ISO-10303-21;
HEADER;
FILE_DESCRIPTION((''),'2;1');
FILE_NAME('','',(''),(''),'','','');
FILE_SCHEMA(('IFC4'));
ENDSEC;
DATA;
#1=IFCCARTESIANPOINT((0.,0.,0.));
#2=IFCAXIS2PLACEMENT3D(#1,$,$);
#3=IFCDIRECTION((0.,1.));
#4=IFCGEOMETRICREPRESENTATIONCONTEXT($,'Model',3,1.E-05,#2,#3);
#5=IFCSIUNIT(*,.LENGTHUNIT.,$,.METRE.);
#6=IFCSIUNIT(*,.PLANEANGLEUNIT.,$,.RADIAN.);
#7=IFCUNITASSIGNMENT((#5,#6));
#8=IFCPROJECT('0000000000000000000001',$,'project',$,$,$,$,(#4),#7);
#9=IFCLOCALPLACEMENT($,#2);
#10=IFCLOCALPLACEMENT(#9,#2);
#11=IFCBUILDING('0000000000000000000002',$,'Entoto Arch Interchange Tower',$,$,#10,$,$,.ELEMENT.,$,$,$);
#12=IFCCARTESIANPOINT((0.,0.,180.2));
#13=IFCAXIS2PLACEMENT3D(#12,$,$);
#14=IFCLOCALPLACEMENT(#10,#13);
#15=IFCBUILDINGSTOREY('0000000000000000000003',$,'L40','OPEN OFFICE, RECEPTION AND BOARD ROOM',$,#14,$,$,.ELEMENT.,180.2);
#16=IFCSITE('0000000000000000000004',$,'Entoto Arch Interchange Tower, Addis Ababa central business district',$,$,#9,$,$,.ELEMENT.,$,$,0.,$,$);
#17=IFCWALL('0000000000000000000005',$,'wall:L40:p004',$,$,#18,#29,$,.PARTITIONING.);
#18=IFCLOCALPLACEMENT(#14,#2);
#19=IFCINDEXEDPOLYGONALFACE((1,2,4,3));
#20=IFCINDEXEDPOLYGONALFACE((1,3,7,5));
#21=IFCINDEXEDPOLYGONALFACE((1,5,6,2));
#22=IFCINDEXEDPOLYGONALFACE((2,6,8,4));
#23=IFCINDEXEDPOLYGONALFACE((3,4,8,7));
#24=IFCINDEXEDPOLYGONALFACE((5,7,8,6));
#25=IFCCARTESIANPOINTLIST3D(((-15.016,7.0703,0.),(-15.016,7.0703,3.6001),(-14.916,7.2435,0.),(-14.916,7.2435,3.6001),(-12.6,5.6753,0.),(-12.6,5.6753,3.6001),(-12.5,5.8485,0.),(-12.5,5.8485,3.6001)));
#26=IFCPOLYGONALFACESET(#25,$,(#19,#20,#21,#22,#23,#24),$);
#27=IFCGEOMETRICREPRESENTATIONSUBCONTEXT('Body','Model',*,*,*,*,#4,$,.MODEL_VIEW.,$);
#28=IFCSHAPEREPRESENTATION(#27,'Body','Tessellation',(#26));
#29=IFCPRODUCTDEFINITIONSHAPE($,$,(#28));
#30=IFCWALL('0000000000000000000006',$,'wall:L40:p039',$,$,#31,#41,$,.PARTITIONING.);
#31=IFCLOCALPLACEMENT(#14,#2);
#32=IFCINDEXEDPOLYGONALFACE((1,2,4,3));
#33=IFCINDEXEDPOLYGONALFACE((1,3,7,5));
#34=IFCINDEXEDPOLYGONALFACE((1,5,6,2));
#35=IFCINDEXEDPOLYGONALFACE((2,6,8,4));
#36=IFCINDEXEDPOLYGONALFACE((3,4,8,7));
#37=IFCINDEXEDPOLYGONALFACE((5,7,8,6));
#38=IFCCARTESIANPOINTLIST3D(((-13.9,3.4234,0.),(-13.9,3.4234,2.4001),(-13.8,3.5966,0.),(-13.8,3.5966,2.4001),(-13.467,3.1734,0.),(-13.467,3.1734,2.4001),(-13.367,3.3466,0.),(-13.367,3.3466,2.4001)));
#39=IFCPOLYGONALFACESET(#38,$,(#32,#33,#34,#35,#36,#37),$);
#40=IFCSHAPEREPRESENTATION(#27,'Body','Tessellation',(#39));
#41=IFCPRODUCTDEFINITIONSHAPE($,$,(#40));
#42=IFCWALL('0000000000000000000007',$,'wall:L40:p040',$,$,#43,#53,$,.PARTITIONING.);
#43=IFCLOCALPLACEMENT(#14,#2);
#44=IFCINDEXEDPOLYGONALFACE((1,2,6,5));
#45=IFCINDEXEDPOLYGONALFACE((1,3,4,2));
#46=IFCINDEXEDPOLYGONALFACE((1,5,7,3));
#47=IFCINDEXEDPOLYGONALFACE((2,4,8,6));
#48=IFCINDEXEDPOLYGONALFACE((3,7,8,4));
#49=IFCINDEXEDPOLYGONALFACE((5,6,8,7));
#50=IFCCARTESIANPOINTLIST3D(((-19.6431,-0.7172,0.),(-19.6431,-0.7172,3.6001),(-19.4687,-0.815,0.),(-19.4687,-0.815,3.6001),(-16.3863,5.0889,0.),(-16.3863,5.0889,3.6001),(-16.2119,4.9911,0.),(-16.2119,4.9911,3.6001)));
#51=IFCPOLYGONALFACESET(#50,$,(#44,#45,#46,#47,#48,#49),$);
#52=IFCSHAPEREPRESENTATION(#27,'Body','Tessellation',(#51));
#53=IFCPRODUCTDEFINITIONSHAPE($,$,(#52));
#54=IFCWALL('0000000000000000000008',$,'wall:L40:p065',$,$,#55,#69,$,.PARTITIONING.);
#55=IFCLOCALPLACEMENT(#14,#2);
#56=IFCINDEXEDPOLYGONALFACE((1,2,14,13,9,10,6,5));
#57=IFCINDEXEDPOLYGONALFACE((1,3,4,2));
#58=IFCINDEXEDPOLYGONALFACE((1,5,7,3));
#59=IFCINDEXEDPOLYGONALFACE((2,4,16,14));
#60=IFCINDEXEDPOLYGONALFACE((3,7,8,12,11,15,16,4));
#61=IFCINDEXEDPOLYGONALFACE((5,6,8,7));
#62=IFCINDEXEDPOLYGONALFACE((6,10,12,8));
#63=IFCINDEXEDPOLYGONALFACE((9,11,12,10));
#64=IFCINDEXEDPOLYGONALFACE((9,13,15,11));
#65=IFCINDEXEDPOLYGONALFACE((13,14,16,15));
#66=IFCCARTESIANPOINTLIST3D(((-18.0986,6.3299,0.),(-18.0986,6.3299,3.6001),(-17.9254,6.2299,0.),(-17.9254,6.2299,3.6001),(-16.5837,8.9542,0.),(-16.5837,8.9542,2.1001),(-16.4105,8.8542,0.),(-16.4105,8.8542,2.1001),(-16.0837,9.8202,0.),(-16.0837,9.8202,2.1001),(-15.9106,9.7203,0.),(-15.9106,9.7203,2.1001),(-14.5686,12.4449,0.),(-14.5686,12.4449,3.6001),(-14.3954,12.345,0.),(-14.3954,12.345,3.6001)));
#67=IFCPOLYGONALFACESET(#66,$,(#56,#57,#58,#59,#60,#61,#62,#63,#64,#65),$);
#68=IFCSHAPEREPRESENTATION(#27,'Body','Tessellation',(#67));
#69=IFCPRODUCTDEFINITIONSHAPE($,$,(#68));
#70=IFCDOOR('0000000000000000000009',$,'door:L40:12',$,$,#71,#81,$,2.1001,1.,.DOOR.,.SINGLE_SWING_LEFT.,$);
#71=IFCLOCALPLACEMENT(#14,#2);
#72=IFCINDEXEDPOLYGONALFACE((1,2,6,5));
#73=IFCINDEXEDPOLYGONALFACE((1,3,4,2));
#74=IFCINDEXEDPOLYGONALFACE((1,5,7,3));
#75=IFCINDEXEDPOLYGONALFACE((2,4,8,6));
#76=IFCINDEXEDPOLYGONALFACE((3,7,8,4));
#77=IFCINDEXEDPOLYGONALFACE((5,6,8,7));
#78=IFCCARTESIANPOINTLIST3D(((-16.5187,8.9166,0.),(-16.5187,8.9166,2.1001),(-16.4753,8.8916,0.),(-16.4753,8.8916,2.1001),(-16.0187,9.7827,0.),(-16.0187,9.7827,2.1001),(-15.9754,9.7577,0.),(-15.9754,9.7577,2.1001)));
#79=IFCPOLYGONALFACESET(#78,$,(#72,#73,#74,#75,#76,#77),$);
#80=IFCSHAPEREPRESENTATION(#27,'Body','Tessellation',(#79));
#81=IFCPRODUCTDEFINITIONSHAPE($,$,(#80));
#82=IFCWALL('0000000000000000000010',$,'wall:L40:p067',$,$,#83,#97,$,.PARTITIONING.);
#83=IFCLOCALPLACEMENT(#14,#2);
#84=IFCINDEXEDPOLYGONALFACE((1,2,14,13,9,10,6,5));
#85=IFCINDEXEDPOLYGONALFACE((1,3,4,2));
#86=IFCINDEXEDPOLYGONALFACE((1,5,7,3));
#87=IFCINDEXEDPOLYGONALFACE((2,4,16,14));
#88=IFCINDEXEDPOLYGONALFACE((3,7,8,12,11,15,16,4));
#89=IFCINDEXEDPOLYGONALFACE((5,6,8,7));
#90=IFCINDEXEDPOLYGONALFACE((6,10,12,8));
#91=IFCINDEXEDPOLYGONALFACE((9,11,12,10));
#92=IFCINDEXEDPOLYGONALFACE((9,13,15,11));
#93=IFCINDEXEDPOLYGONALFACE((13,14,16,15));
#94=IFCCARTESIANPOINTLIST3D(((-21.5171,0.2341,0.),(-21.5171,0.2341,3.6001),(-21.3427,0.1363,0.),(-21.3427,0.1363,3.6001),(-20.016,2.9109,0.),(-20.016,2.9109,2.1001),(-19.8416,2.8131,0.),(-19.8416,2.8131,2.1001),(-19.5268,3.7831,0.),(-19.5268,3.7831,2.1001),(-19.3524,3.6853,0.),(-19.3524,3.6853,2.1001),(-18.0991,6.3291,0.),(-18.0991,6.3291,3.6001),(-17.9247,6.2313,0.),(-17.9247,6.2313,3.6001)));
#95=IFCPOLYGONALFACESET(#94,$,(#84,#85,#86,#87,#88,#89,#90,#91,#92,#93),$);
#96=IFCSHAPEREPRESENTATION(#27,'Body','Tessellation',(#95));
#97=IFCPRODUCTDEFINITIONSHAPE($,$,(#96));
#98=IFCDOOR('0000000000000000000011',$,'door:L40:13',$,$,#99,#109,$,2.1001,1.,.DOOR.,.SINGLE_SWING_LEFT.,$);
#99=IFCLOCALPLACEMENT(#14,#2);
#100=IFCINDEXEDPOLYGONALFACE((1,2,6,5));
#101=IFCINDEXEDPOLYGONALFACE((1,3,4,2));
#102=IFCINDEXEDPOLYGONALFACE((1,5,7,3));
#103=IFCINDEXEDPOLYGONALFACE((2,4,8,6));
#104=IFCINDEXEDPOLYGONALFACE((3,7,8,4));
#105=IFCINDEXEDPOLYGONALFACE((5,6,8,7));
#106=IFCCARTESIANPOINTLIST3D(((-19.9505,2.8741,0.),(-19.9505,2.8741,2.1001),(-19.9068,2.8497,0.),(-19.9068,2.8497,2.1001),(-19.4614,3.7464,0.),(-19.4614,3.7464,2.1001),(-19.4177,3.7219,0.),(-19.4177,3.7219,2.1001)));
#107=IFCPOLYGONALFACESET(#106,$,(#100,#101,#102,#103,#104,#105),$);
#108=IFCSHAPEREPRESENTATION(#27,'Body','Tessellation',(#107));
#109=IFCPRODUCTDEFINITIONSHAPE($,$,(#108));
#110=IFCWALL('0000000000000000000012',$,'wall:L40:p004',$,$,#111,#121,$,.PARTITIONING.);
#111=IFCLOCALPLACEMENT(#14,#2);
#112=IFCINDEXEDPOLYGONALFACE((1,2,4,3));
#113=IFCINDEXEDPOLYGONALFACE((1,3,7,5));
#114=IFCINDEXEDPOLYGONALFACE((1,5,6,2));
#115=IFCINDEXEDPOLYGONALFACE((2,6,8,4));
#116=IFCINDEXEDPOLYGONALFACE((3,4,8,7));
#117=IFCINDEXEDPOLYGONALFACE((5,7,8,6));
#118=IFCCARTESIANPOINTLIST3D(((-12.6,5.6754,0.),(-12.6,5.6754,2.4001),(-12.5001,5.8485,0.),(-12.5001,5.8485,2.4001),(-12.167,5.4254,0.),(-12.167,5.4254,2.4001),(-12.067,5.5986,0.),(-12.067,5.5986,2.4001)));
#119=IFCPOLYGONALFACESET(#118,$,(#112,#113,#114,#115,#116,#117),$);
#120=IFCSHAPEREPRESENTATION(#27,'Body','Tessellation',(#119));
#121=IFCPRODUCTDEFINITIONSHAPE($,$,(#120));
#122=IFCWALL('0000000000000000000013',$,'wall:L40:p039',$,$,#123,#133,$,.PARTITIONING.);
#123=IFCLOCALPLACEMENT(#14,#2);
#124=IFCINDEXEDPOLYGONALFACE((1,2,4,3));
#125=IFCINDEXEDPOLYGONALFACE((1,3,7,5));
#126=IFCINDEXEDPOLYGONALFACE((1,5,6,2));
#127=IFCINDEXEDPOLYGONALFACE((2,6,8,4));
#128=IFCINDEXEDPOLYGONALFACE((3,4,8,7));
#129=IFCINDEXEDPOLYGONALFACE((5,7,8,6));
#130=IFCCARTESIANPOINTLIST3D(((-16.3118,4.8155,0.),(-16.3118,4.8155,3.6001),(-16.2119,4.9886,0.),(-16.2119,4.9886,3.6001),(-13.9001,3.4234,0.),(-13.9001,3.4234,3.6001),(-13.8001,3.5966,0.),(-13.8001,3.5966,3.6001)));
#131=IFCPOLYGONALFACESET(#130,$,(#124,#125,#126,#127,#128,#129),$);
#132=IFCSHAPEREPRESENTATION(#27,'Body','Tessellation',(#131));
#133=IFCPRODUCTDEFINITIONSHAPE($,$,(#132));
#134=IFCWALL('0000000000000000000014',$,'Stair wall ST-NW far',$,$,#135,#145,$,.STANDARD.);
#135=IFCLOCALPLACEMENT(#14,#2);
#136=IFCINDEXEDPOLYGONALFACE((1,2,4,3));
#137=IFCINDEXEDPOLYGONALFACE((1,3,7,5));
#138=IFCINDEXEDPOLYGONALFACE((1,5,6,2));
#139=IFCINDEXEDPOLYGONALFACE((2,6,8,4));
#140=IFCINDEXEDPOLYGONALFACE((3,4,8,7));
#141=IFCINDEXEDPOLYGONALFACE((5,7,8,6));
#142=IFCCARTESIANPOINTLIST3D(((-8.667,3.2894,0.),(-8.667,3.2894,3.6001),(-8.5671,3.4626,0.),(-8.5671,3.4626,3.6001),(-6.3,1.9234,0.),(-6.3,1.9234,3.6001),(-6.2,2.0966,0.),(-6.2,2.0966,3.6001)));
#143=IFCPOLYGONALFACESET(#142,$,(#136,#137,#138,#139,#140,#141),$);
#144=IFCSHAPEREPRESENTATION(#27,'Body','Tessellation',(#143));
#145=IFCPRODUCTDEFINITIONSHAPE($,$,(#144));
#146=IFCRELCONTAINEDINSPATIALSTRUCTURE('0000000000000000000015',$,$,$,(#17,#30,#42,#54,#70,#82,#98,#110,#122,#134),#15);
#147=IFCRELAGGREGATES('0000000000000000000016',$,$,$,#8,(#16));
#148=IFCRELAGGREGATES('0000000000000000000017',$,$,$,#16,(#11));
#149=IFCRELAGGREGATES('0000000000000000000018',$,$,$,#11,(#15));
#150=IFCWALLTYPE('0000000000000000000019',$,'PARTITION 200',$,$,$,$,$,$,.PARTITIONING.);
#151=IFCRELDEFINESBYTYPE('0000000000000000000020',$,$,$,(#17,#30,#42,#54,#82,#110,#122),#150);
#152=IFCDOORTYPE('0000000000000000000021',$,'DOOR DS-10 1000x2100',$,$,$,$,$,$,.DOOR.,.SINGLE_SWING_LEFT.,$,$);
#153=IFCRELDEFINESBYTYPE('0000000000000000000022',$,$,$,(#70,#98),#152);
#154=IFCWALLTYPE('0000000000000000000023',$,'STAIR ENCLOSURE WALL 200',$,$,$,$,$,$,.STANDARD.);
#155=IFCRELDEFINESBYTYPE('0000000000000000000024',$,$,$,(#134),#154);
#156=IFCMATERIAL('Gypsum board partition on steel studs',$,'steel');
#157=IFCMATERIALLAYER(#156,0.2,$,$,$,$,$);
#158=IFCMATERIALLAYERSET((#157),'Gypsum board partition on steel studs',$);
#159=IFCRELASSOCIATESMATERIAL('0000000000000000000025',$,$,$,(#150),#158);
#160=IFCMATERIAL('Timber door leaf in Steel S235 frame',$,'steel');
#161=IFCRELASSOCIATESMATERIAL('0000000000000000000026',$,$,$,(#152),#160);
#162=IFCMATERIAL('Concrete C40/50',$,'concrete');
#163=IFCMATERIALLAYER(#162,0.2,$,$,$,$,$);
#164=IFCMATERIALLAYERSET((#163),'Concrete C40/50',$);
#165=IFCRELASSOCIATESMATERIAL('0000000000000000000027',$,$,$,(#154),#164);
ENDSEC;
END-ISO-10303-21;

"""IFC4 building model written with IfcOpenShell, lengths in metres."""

from ifc_helpers import new_model, si_unit, direction, frame, frame_2d, origin, place, context, subcontext, project, spatial, rectangle, extrude, material, layer, layer_set, type_object, element, fill, save


model = new_model("IFC4")

# Units and contexts
model_context = context("Model", 3, precision=1e-05, world=origin(), true_north=direction((0.0, 1.0)))
body_context = subcontext(model_context, "Body", "Model", "MODEL_VIEW")
ifc_project = project(units=[si_unit("LENGTHUNIT", "METRE"), si_unit("PLANEANGLEUNIT", "RADIAN")], contexts=[model_context])

# Site, building, storey
site_placement = place(None, origin())
site = spatial("IfcSite", under=ifc_project, at=site_placement, Name="Entoto Arch Interchange Tower, Addis Ababa central business district", CompositionType="ELEMENT", RefElevation=0.0)
building_placement = place(site_placement, origin())
building = spatial("IfcBuilding", under=site, at=building_placement, Name="Entoto Arch Interchange Tower", CompositionType="ELEMENT")
storey_placement = place(building_placement, frame((0.0, 0.0, 180.2)))
storey = spatial("IfcBuildingStorey", under=building, at=storey_placement, Name="L40", Description="OPEN OFFICE, RECEPTION AND BOARD ROOM", CompositionType="ELEMENT", Elevation=180.2)

# Walls
ifc_material_1 = material(Name="Concrete C40/50", Category="concrete")
ifc_material_2 = material(Name="Gypsum board partition on steel studs", Category="steel")
ifc_layer_1 = layer(ifc_material_2, 0.2)
ifc_layer_set_1 = layer_set([ifc_layer_1], Name="Gypsum board partition on steel studs")
wall_type_1 = type_object("IfcWallType", Name="PARTITION 200", PredefinedType="PARTITIONING", material=ifc_layer_set_1)
wall_1_placement = place(storey_placement, frame((-14.9661, 7.157, 0.0), z_axis=(0.0, 0.0, 1.0), x_axis=(0.866005, -0.500036, 0.0)))
element("IfcWall", 1, at=wall_1_placement, inside=storey, type_object=wall_type_1, Name="wall:L40:p004", PredefinedType="PARTITIONING", context=body_context, shape_type="SweptSolid", body=[
    extrude(rectangle(XDim=2.7898, YDim=0.2, at=frame_2d((1.395, 0.0))), origin(), (0.0, 0.0, 1.0), 3.6001),
])
wall_2_placement = place(storey_placement, frame((-13.417, 3.26, 0.0), z_axis=(0.0, 0.0, 1.0), x_axis=(-0.866072, 0.49992, 0.0)))
element("IfcWall", 2, at=wall_2_placement, inside=storey, type_object=wall_type_1, Name="wall:L40:p039", PredefinedType="PARTITIONING", context=body_context, shape_type="SweptSolid", body=[
    extrude(rectangle(XDim=0.5, YDim=0.2, at=frame_2d((0.25, 0.0))), origin(), (0.0, 0.0, 1.0), 2.4001),
])
wall_3_placement = place(storey_placement, frame((-16.2991, 5.04, 0.0), z_axis=(0.0, 0.0, 1.0), x_axis=(-0.48922, -0.872161, 0.0)))
element("IfcWall", 3, at=wall_3_placement, inside=storey, type_object=wall_type_1, Name="wall:L40:p040", PredefinedType="PARTITIONING", context=body_context, shape_type="SweptSolid", body=[
    extrude(rectangle(XDim=6.6572, YDim=0.2, at=frame_2d((3.3286, 0.0))), origin(), (0.0, 0.0, 1.0), 3.6001),
])

# Walls, openings, doors
wall_4_placement = place(storey_placement, frame((-18.012, 6.28, 0.0), z_axis=(0.0, 0.0, 1.0), x_axis=(0.499951, 0.866054, 0.0)))
wall_4 = element("IfcWall", 4, at=wall_4_placement, inside=storey, type_object=wall_type_1, Name="wall:L40:p065", PredefinedType="PARTITIONING", context=body_context, shape_type="SweptSolid", body=[
    extrude(rectangle(XDim=7.0608, YDim=0.2, at=frame_2d((3.5303, 0.0))), origin(), (0.0, 0.0, 1.0), 3.6001),
])
opening_1_placement = place(wall_4_placement, frame((3.03, 0.0, 0.0)))
opening_1 = element("IfcOpeningElement", 5, at=opening_1_placement, cuts=wall_4, PredefinedType="OPENING", context=body_context, shape_type="SweptSolid", body=[
    extrude(rectangle(XDim=1.0, YDim=2.1001, at=frame_2d((0.5, 1.05))), frame((0.0, 0.1099, 0.0), z_axis=(0.0, -1.0, 0.0), x_axis=(1.0, 0.0, 0.0)), (0.0, 0.0, 1.0), 0.22),
])
ifc_material_3 = material(Name="Timber door leaf in Steel S235 frame", Category="steel")
door_type_1 = type_object("IfcDoorType", Name="DOOR DS-10 1000x2100", OperationType="SINGLE_SWING_LEFT", PredefinedType="DOOR", material=ifc_material_3)
door_1_placement = place(opening_1_placement, origin())
door_1 = element("IfcDoor", 6, at=door_1_placement, inside=storey, type_object=door_type_1, Name="door:L40:12", OperationType="SINGLE_SWING_LEFT", OverallHeight=2.1001, OverallWidth=1.0, PredefinedType="DOOR", context=body_context, shape_type="SweptSolid", body=[
    extrude(rectangle(XDim=1.0, YDim=2.1001, at=frame_2d((0.5, 1.05))), frame((0.0, 0.0249, 0.0), z_axis=(0.0, -1.0, 0.0), x_axis=(1.0, 0.0, 0.0)), (0.0, 0.0, 1.0), 0.05),
])
fill(opening_1, door_1)
wall_5_placement = place(storey_placement, frame((-21.4299, 0.1851, 0.0), z_axis=(0.0, 0.0, 1.0), x_axis=(0.489125, 0.872214, 0.0)))
wall_5 = element("IfcWall", 7, at=wall_5_placement, inside=storey, type_object=wall_type_1, Name="wall:L40:p067", PredefinedType="PARTITIONING", context=body_context, shape_type="SweptSolid", body=[
    extrude(rectangle(XDim=6.988, YDim=0.2, at=frame_2d((3.4941, 0.0))), origin(), (0.0, 0.0, 1.0), 3.6001),
])
opening_2_placement = place(wall_5_placement, frame((3.0691, 0.0, 0.0)))
opening_2 = element("IfcOpeningElement", 8, at=opening_2_placement, cuts=wall_5, PredefinedType="OPENING", context=body_context, shape_type="SweptSolid", body=[
    extrude(rectangle(XDim=1.0, YDim=2.1001, at=frame_2d((0.5, 1.05))), frame((0.0, 0.1099, 0.0), z_axis=(0.0, -1.0, 0.0), x_axis=(1.0, 0.0, 0.0)), (0.0, 0.0, 1.0), 0.22),
])
door_2_placement = place(opening_2_placement, origin())
door_2 = element("IfcDoor", 9, at=door_2_placement, inside=storey, type_object=door_type_1, Name="door:L40:13", OperationType="SINGLE_SWING_LEFT", OverallHeight=2.1001, OverallWidth=1.0, PredefinedType="DOOR", context=body_context, shape_type="SweptSolid", body=[
    extrude(rectangle(XDim=1.0, YDim=2.1001, at=frame_2d((0.5, 1.05))), frame((0.0, 0.0249, 0.0), z_axis=(0.0, -1.0, 0.0), x_axis=(1.0, 0.0, 0.0)), (0.0, 0.0, 1.0), 0.05),
])
fill(opening_2, door_2)

# Walls
wall_6_placement = place(storey_placement, frame((-12.55, 5.762, 0.0), z_axis=(0.0, 0.0, 1.0), x_axis=(0.866072, -0.49992, 0.0)))
element("IfcWall", 10, at=wall_6_placement, inside=storey, type_object=wall_type_1, Name="wall:L40:p004", PredefinedType="PARTITIONING", context=body_context, shape_type="SweptSolid", body=[
    extrude(rectangle(XDim=0.5, YDim=0.2, at=frame_2d((0.25, 0.0))), origin(), (0.0, 0.0, 1.0), 2.4001),
])
wall_7_placement = place(storey_placement, frame((-13.8501, 3.51, 0.0), z_axis=(0.0, 0.0, 1.0), x_axis=(-0.866088, 0.499892, 0.0)))
element("IfcWall", 11, at=wall_7_placement, inside=storey, type_object=wall_type_1, Name="wall:L40:p039", PredefinedType="PARTITIONING", context=body_context, shape_type="SweptSolid", body=[
    extrude(rectangle(XDim=2.7847, YDim=0.2, at=frame_2d((1.3923, 0.0))), origin(), (0.0, 0.0, 1.0), 3.6001),
])
ifc_layer_2 = layer(ifc_material_1, 0.2)
ifc_layer_set_2 = layer_set([ifc_layer_2], Name="Concrete C40/50")
wall_type_2 = type_object("IfcWallType", Name="STAIR ENCLOSURE WALL 200", PredefinedType="STANDARD", material=ifc_layer_set_2)
wall_8_placement = place(storey_placement, frame((-6.25, 2.01, 0.0), z_axis=(0.0, 0.0, 1.0), x_axis=(-0.866119, 0.499838, 0.0)))
element("IfcWall", 12, at=wall_8_placement, inside=storey, type_object=wall_type_2, Name="Stair wall ST-NW far", PredefinedType="STANDARD", context=body_context, shape_type="SweptSolid", body=[
    extrude(rectangle(XDim=2.7329, YDim=0.2, at=frame_2d((1.3665, 0.0))), origin(), (0.0, 0.0, 1.0), 3.6001),
])

save(model, "model.ifc")
